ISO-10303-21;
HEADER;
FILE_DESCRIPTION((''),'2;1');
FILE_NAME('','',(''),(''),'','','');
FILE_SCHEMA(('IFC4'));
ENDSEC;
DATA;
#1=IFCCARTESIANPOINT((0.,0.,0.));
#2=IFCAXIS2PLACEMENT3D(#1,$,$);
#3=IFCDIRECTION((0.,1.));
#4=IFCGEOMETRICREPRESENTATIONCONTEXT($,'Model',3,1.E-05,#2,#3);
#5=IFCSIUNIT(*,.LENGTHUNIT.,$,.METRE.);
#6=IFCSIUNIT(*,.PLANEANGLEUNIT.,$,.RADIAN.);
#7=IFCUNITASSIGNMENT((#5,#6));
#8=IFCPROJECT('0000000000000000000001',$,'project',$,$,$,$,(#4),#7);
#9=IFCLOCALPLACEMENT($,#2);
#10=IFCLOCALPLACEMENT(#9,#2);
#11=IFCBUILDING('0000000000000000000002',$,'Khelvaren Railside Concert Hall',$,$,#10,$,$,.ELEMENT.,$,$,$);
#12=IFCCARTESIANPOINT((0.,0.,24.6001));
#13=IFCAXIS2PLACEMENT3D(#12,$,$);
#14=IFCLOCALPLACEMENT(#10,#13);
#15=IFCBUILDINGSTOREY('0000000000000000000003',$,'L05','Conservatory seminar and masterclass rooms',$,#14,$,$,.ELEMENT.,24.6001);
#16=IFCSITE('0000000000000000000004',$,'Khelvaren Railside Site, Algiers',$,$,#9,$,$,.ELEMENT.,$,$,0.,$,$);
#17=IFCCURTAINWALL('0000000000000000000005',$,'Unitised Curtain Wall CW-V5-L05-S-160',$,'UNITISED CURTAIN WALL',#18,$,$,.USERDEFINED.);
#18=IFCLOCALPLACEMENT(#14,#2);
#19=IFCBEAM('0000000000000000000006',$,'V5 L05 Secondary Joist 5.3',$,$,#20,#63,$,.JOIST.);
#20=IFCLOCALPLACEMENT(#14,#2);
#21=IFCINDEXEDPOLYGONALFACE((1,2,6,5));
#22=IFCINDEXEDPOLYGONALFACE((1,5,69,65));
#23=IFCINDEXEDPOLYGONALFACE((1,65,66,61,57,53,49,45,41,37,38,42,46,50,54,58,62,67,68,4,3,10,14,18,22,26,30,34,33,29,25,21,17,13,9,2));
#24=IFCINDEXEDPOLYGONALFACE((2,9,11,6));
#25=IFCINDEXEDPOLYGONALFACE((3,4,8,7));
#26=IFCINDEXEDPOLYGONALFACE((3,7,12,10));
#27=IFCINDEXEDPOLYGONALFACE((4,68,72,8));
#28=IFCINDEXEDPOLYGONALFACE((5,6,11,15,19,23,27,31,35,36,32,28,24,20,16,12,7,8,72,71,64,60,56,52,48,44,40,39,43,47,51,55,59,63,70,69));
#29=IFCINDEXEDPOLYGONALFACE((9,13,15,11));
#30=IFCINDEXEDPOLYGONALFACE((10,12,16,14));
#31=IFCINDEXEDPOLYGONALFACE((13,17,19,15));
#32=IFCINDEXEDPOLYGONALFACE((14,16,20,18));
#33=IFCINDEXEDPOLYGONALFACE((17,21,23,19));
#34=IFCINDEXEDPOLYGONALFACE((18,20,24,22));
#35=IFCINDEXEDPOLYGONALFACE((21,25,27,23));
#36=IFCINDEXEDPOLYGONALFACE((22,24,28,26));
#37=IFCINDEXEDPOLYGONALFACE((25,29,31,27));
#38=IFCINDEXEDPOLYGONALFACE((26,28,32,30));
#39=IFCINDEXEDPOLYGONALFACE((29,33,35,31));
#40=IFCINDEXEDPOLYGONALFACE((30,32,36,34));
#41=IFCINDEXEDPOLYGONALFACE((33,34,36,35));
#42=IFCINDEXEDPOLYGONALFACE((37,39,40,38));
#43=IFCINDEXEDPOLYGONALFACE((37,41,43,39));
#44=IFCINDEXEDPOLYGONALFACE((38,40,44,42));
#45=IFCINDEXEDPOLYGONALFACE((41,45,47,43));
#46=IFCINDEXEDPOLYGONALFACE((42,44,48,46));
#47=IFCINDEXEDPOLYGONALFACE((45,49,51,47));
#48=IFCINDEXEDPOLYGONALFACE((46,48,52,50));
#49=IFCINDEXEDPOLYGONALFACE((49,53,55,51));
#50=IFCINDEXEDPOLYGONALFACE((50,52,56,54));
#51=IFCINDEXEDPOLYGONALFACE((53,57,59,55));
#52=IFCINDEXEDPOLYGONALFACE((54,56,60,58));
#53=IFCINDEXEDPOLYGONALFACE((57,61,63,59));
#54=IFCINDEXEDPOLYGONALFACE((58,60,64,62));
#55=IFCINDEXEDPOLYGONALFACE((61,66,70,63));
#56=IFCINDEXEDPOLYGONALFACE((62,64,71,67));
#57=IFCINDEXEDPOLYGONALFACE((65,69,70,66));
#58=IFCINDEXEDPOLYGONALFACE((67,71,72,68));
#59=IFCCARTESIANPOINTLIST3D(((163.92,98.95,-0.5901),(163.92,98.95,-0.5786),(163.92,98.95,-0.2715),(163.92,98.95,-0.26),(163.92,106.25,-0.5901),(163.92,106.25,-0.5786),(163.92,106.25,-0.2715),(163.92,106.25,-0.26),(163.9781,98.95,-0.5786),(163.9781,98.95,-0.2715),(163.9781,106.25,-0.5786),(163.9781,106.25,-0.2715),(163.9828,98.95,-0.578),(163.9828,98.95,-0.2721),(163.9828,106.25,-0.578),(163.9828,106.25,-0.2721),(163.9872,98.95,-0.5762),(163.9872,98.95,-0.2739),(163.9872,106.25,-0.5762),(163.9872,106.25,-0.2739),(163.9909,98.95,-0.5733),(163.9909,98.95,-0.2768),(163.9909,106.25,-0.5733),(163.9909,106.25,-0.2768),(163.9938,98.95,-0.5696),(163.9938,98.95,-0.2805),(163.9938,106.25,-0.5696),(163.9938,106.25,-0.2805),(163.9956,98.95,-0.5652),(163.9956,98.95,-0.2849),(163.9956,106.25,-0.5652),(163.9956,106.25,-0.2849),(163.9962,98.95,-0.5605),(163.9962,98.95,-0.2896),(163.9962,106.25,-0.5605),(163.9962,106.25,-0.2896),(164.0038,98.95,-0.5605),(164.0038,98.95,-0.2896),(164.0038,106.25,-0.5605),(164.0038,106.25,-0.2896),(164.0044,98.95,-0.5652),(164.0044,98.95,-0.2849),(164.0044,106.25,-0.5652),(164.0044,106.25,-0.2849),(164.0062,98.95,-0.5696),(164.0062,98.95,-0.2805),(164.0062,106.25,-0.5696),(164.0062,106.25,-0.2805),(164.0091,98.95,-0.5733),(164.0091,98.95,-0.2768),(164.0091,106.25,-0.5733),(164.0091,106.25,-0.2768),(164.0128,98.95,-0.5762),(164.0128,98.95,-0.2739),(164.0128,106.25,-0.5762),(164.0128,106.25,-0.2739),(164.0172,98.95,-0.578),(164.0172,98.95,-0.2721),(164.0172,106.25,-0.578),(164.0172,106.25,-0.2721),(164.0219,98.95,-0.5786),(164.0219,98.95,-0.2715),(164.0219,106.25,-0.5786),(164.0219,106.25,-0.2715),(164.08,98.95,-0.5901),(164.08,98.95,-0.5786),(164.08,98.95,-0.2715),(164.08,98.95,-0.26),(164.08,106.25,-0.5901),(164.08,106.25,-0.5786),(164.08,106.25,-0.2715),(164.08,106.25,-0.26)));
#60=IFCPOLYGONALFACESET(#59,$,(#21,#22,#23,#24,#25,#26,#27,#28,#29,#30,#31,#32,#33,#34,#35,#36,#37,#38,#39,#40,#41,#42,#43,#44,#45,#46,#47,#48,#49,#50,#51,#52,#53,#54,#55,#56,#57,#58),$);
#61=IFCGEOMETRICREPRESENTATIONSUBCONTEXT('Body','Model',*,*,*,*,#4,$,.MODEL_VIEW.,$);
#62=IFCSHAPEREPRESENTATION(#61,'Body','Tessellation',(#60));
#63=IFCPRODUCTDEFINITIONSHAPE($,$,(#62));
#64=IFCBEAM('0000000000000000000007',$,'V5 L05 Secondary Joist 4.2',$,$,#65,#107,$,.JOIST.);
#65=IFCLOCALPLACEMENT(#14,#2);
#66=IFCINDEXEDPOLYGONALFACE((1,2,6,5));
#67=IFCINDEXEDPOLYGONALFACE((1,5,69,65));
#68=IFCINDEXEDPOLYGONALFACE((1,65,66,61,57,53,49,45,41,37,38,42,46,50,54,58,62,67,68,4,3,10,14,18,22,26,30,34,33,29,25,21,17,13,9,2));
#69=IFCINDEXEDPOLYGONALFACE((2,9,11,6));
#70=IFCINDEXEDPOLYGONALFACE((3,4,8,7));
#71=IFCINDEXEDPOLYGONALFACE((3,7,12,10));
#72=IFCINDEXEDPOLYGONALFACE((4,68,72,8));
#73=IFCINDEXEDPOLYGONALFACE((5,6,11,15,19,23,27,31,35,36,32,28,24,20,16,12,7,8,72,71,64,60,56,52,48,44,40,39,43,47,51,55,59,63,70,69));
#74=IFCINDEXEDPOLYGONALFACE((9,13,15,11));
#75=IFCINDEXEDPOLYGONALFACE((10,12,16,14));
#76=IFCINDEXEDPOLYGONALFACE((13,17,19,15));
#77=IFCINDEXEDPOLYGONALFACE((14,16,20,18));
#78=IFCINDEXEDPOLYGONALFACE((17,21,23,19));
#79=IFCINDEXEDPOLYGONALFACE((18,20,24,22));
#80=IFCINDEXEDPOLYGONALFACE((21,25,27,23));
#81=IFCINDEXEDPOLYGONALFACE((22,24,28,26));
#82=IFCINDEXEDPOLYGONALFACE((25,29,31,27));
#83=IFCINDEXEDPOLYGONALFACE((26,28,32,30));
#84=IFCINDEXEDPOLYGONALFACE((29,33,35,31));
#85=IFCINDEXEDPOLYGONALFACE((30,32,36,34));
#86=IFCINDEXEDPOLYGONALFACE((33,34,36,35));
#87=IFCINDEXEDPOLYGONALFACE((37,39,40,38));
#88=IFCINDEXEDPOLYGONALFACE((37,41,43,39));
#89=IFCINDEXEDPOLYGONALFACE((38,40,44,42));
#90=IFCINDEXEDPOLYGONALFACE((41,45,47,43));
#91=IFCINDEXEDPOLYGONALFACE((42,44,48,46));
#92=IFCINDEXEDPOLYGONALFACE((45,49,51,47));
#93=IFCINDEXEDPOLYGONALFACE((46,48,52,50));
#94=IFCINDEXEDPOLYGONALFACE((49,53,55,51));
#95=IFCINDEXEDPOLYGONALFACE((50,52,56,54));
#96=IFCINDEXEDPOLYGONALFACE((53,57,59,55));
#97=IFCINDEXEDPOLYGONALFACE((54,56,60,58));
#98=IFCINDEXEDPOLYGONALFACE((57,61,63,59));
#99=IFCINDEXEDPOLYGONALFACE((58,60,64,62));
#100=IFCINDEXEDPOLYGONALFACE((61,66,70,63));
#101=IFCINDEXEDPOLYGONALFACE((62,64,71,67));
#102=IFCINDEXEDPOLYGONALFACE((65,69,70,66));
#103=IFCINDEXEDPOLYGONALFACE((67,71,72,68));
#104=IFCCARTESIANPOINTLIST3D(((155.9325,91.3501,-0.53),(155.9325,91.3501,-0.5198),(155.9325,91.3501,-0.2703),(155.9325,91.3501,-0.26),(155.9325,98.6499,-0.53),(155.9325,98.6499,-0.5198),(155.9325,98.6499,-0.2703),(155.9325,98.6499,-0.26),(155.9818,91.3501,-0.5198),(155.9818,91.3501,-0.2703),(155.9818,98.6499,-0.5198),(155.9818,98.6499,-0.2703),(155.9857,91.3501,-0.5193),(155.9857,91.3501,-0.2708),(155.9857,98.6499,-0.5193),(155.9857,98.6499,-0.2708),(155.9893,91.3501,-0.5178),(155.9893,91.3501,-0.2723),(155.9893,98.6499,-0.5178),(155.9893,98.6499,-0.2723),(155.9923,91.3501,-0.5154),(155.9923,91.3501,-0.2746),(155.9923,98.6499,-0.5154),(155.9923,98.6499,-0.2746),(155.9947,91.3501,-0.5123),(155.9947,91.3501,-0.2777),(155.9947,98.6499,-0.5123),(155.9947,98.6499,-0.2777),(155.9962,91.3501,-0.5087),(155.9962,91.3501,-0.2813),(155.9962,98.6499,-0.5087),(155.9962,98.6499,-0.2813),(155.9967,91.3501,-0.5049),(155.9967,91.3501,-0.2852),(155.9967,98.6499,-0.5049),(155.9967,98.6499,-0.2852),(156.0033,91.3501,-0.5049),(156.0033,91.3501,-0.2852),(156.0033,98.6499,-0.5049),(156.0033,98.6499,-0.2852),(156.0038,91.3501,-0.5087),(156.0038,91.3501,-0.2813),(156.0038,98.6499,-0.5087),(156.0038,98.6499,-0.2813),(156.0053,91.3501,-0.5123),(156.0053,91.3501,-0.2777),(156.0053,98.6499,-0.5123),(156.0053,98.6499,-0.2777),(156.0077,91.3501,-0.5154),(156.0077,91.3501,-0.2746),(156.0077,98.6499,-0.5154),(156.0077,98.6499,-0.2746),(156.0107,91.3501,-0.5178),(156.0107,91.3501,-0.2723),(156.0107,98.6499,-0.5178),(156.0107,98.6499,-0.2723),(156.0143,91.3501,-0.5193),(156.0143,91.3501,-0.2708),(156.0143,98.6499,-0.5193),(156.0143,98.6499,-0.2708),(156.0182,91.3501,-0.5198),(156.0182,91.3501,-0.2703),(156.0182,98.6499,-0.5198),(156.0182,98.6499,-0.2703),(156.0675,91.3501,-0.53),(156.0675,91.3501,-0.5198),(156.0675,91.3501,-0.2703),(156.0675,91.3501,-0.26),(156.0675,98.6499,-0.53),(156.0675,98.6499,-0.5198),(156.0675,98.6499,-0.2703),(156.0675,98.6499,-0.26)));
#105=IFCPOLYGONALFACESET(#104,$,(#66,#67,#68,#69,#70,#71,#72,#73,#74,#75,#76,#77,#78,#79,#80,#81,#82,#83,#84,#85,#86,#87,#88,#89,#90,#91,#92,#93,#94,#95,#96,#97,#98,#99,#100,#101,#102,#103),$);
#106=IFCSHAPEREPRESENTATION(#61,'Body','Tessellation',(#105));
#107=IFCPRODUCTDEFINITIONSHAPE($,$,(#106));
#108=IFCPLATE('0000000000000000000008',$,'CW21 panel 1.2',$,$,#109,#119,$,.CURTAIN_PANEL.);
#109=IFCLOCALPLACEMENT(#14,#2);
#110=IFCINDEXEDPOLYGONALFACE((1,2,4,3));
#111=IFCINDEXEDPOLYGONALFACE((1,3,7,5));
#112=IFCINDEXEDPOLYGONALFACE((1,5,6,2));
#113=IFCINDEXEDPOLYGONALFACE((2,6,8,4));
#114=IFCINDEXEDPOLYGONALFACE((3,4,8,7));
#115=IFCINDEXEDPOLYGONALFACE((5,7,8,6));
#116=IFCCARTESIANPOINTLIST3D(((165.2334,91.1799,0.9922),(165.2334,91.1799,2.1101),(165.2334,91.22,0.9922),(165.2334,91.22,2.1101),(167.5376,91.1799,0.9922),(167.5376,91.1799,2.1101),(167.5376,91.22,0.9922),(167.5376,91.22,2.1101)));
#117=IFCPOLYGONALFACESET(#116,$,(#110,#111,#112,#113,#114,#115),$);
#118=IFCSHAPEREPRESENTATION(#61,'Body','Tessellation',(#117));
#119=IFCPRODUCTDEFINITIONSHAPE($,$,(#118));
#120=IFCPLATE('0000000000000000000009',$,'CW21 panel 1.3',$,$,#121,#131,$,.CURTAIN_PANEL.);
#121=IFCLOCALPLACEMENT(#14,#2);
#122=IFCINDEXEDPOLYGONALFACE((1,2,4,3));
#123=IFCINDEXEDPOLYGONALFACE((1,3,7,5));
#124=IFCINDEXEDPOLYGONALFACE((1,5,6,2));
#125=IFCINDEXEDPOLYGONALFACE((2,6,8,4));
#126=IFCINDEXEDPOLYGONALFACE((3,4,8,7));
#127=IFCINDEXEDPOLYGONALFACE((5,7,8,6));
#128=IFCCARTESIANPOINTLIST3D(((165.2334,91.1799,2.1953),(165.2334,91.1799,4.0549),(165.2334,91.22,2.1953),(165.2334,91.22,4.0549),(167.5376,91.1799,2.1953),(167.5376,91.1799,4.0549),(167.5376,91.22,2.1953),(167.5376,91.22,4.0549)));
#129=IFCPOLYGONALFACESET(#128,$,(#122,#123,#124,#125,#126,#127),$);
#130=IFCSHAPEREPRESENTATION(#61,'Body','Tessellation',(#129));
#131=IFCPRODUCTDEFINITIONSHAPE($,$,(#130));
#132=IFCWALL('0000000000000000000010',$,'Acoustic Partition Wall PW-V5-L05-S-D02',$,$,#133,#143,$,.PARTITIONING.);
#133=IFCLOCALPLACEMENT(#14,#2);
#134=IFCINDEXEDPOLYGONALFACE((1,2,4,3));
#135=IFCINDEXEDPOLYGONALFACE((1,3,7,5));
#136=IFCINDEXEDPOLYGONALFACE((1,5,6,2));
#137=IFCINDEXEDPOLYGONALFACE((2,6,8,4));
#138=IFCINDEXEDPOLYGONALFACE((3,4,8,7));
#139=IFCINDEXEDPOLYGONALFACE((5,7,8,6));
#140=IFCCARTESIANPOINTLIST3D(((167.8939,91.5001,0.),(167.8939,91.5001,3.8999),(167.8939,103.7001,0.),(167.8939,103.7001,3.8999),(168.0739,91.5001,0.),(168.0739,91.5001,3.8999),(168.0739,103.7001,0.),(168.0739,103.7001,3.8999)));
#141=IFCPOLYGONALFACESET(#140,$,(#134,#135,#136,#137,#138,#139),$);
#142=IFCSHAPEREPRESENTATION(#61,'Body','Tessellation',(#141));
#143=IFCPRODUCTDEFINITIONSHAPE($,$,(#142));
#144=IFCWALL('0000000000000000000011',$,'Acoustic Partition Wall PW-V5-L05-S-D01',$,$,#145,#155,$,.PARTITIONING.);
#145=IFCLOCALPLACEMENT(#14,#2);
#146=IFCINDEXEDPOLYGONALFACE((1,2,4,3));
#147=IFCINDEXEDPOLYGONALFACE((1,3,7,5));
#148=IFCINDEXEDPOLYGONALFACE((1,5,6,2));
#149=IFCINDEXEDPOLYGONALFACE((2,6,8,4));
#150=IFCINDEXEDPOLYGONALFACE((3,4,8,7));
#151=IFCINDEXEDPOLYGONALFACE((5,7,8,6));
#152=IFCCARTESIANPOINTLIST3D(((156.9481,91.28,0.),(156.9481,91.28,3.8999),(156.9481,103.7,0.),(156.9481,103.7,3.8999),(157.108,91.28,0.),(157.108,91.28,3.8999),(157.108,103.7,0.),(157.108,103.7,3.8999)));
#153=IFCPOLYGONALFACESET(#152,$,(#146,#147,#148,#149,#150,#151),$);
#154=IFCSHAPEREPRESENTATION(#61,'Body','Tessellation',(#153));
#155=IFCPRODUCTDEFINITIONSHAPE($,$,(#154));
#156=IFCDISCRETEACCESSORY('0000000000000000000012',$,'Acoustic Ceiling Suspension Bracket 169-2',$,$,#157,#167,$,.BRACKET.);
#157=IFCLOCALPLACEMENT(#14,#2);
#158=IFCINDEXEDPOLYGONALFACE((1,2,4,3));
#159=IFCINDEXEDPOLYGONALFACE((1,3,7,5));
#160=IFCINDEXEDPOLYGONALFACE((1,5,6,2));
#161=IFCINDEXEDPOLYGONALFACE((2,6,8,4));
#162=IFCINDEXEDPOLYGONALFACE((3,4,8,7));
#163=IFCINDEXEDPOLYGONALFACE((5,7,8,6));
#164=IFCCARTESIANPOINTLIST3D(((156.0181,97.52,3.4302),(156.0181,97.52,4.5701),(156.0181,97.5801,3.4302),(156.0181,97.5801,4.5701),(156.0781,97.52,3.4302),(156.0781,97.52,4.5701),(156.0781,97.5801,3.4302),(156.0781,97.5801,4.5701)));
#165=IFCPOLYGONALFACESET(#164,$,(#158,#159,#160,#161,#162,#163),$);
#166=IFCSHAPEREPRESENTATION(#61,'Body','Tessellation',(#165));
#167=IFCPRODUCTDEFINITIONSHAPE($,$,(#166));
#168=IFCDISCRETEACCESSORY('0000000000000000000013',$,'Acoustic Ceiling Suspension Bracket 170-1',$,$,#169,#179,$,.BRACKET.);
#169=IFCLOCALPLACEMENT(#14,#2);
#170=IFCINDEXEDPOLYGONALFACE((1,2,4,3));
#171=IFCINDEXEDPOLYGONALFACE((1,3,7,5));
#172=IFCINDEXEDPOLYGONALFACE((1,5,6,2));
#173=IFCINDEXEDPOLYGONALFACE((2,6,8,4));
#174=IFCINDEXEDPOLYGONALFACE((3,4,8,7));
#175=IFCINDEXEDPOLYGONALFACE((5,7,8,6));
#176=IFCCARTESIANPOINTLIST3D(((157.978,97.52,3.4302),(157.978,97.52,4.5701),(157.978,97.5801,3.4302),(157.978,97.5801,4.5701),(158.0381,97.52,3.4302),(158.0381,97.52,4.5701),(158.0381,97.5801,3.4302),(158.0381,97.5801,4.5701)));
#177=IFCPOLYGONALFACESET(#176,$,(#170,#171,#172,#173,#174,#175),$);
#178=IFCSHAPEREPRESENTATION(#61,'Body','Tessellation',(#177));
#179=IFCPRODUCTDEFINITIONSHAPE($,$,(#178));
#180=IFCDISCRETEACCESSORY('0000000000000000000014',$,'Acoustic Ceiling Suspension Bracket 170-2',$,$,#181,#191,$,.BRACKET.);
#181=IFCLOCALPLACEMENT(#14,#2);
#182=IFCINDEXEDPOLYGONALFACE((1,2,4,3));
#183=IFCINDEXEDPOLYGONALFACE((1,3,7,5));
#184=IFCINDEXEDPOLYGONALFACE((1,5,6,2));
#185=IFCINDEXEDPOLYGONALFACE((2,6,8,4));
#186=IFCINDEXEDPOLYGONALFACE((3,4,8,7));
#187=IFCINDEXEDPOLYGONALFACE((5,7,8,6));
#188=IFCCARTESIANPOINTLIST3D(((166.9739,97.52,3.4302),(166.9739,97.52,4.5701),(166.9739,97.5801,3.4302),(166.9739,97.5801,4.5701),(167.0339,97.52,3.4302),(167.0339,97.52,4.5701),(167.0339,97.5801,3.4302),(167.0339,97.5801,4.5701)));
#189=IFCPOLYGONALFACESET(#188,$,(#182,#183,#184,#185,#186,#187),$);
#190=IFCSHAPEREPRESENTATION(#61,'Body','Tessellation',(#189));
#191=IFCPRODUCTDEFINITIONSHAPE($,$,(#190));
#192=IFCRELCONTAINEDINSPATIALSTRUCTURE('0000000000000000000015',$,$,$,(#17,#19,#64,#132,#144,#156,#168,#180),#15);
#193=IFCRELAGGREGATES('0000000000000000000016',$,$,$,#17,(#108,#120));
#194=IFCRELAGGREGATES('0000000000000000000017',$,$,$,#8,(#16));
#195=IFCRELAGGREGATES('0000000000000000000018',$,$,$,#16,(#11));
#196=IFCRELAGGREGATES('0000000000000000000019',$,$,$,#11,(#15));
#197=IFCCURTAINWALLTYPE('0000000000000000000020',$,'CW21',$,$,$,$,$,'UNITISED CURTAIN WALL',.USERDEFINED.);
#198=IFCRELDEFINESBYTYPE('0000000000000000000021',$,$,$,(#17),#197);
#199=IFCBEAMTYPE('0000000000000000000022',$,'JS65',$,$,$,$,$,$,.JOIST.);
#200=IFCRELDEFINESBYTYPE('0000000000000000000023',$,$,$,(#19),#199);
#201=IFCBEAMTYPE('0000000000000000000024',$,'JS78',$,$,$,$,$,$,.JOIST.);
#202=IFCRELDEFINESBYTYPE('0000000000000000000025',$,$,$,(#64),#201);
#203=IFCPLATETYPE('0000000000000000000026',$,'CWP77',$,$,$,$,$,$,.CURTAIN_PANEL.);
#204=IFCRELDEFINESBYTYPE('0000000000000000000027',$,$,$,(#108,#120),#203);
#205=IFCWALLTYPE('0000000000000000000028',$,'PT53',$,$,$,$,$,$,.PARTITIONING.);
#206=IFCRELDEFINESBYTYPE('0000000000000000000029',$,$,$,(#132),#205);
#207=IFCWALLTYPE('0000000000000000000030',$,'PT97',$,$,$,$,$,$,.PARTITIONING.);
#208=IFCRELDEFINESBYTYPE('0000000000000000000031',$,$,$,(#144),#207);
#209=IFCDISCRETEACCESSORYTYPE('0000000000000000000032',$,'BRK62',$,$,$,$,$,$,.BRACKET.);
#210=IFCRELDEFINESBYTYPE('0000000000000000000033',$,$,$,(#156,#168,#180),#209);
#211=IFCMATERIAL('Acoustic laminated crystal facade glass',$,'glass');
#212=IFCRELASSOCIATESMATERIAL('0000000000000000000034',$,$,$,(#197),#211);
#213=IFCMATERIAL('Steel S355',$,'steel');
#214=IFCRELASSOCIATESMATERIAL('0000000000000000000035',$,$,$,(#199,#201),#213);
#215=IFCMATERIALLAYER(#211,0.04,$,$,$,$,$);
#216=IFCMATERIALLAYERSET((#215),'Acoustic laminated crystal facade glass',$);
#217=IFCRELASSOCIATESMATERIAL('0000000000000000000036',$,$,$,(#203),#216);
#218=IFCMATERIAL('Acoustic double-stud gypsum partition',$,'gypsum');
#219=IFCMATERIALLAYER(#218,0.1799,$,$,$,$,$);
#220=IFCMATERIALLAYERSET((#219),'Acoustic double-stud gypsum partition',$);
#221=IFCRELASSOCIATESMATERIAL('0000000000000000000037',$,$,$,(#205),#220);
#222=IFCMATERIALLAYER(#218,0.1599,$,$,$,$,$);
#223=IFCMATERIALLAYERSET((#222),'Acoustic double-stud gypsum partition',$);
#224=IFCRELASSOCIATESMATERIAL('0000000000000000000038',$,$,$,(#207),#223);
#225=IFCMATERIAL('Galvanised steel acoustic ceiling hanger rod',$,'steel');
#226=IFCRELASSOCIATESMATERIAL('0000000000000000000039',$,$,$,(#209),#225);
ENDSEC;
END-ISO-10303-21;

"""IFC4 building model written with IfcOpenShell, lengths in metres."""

from ifc_helpers import new_model, si_unit, direction, frame, frame_2d, origin, origin_2d, place, context, subcontext, project, spatial, rectangle, i_section, extrude, material, layer, layer_set, material_profile, profile_set, type_object, element, aggregate, save


model = new_model("IFC4")

# Units and contexts
model_context = context("Model", 3, precision=1e-05, world=origin(), true_north=direction((0.0, 1.0)))
body_context = subcontext(model_context, "Body", "Model", "MODEL_VIEW")
ifc_project = project(units=[si_unit("LENGTHUNIT", "METRE"), si_unit("PLANEANGLEUNIT", "RADIAN")], contexts=[model_context])

# Site, building, storey
site_placement = place(None, origin())
site = spatial("IfcSite", under=ifc_project, at=site_placement, Name="Khelvaren Railside Site, Algiers", CompositionType="ELEMENT", RefElevation=0.0)
building_placement = place(site_placement, origin())
building = spatial("IfcBuilding", under=site, at=building_placement, Name="Khelvaren Railside Concert Hall", CompositionType="ELEMENT")
storey_placement = place(building_placement, frame((0.0, 0.0, 24.6001)))
storey = spatial("IfcBuildingStorey", under=building, at=storey_placement, Name="L05", Description="Conservatory seminar and masterclass rooms", CompositionType="ELEMENT", Elevation=24.6001)

# Shared definitions
ifc_material_1 = material(Name="Steel S355", Category="steel")

# Curtain wall
ifc_material_2 = material(Name="Acoustic laminated crystal facade glass", Category="glass")
curtain_wall_type = type_object("IfcCurtainWallType", Name="CW21", ElementType="UNITISED CURTAIN WALL", PredefinedType="USERDEFINED", material=ifc_material_2)
curtain_wall_placement = place(storey_placement, origin())
curtain_wall = element("IfcCurtainWall", 1, at=curtain_wall_placement, inside=storey, type_object=curtain_wall_type, Name="Unitised Curtain Wall CW-V5-L05-S-160", ObjectType="UNITISED CURTAIN WALL", PredefinedType="USERDEFINED")

# Beams
ifc_material_profile_1 = material_profile(ifc_material_1, i_section(OverallWidth=0.1599, OverallDepth=0.3301, WebThickness=0.0076, FlangeThickness=0.0115, FilletRadius=0.0181, at=origin_2d()), Name="IPE 330")
ifc_profile_set_1 = profile_set([ifc_material_profile_1], Name="Steel S355")
beam_type_1 = type_object("IfcBeamType", Name="JS65", PredefinedType="JOIST", material=ifc_profile_set_1)
beam_1_placement = place(storey_placement, frame((164.0, 98.95, -0.425), z_axis=(0.0, 1.0, 0.0), x_axis=(-1.0, 0.0, 0.0)))
element("IfcBeam", 2, at=beam_1_placement, inside=storey, type_object=beam_type_1, Name="V5 L05 Secondary Joist 5.3", PredefinedType="JOIST", context=body_context, shape_type="SweptSolid", body=[
    extrude(i_section(OverallWidth=0.1599, OverallDepth=0.3301, WebThickness=0.0076, FlangeThickness=0.0115, FilletRadius=0.0181, at=origin_2d()), origin(), (0.0, 0.0, 1.0), 7.3),
])
ifc_material_profile_2 = material_profile(ifc_material_1, i_section(OverallWidth=0.135, OverallDepth=0.27, WebThickness=0.0066, FlangeThickness=0.0103, FilletRadius=0.0149, at=origin_2d()), Name="IPE 270")
ifc_profile_set_2 = profile_set([ifc_material_profile_2], Name="Steel S355")
beam_type_2 = type_object("IfcBeamType", Name="JS78", PredefinedType="JOIST", material=ifc_profile_set_2)
beam_2_placement = place(storey_placement, frame((156.0, 91.3501, -0.395), z_axis=(0.0, 1.0, 0.0), x_axis=(-1.0, 0.0, 0.0)))
element("IfcBeam", 3, at=beam_2_placement, inside=storey, type_object=beam_type_2, Name="V5 L05 Secondary Joist 4.2", PredefinedType="JOIST", context=body_context, shape_type="SweptSolid", body=[
    extrude(i_section(OverallWidth=0.135, OverallDepth=0.27, WebThickness=0.0066, FlangeThickness=0.0103, FilletRadius=0.0149, at=origin_2d()), origin(), (0.0, 0.0, 1.0), 7.2998),
])

# Plates
ifc_layer_1 = layer(ifc_material_2, 0.04)
ifc_layer_set_1 = layer_set([ifc_layer_1], Name="Acoustic laminated crystal facade glass")
plate_type = type_object("IfcPlateType", Name="CWP77", PredefinedType="CURTAIN_PANEL", material=ifc_layer_set_1)
plate_1_placement = place(storey_placement, frame((166.3855, 91.2, 0.9922), z_axis=(0.0, 0.0, 1.0), x_axis=(-1.0, 0.0, 0.0)))
plate_1 = element("IfcPlate", 4, at=plate_1_placement, type_object=plate_type, Name="CW21 panel 1.2", PredefinedType="CURTAIN_PANEL", context=body_context, shape_type="SweptSolid", body=[
    extrude(rectangle(XDim=2.3042, YDim=0.04, at=origin_2d()), origin(), (0.0, 0.0, 1.0), 1.1179),
])
plate_2_placement = place(storey_placement, frame((166.3855, 91.2, 2.1953), z_axis=(0.0, 0.0, 1.0), x_axis=(-1.0, 0.0, 0.0)))
plate_2 = element("IfcPlate", 5, at=plate_2_placement, type_object=plate_type, Name="CW21 panel 1.3", PredefinedType="CURTAIN_PANEL", context=body_context, shape_type="SweptSolid", body=[
    extrude(rectangle(XDim=2.3042, YDim=0.04, at=origin_2d()), origin(), (0.0, 0.0, 1.0), 1.8596),
])
aggregate(curtain_wall, [plate_1, plate_2])

# Walls
ifc_material_3 = material(Name="Acoustic double-stud gypsum partition", Category="gypsum")
ifc_layer_2 = layer(ifc_material_3, 0.1799)
ifc_layer_set_2 = layer_set([ifc_layer_2], Name="Acoustic double-stud gypsum partition")
wall_type_1 = type_object("IfcWallType", Name="PT53", PredefinedType="PARTITIONING", material=ifc_layer_set_2)
wall_1_placement = place(storey_placement, frame((167.9839, 91.5, 0.0), z_axis=(0.0, 0.0, 1.0), x_axis=(0.0, 1.0, 0.0)))
element("IfcWall", 6, at=wall_1_placement, inside=storey, type_object=wall_type_1, Name="Acoustic Partition Wall PW-V5-L05-S-D02", PredefinedType="PARTITIONING", context=body_context, shape_type="SweptSolid", body=[
    extrude(rectangle(XDim=12.2, YDim=0.1799, at=frame_2d((6.1001, 0.0))), origin(), (0.0, 0.0, 1.0), 3.8999),
])
ifc_layer_3 = layer(ifc_material_3, 0.1599)
ifc_layer_set_3 = layer_set([ifc_layer_3], Name="Acoustic double-stud gypsum partition")
wall_type_2 = type_object("IfcWallType", Name="PT97", PredefinedType="PARTITIONING", material=ifc_layer_set_3)
wall_2_placement = place(storey_placement, frame((157.0281, 91.28, 0.0), z_axis=(0.0, 0.0, 1.0), x_axis=(0.0, 1.0, 0.0)))
element("IfcWall", 7, at=wall_2_placement, inside=storey, type_object=wall_type_2, Name="Acoustic Partition Wall PW-V5-L05-S-D01", PredefinedType="PARTITIONING", context=body_context, shape_type="SweptSolid", body=[
    extrude(rectangle(XDim=12.4199, YDim=0.1599, at=frame_2d((6.21, 0.0))), origin(), (0.0, 0.0, 1.0), 3.8999),
])

# Discrete accessories
ifc_material_4 = material(Name="Galvanised steel acoustic ceiling hanger rod", Category="steel")
discrete_accessory_type = type_object("IfcDiscreteAccessoryType", Name="BRK62", PredefinedType="BRACKET", material=ifc_material_4)
for number, where, z_axis, x_axis, name in (
    (8, (156.0481, 97.55, 3.4302), (0.0, 0.0, 1.0), (1.0, 0.0, 0.0), "Acoustic Ceiling Suspension Bracket 169-2"),
    (9, (158.0081, 97.55, 3.4302), (0.0, 0.0, 1.0), (1.0, 0.0, 0.0), "Acoustic Ceiling Suspension Bracket 170-1"),
    (10, (167.0039, 97.55, 3.4302), (0.0, 0.0, 1.0), (1.0, 0.0, 0.0), "Acoustic Ceiling Suspension Bracket 170-2"),
):
    element("IfcDiscreteAccessory", number, at=place(storey_placement, frame(where, z_axis=z_axis, x_axis=x_axis)), inside=storey, type_object=discrete_accessory_type, Name=name, PredefinedType="BRACKET", context=body_context, shape_type="SweptSolid", body=[
        extrude(rectangle(XDim=0.0601, YDim=0.0601, at=origin_2d()), origin(), (0.0, 0.0, 1.0), 1.1399),
    ])

save(model, "model.ifc")
